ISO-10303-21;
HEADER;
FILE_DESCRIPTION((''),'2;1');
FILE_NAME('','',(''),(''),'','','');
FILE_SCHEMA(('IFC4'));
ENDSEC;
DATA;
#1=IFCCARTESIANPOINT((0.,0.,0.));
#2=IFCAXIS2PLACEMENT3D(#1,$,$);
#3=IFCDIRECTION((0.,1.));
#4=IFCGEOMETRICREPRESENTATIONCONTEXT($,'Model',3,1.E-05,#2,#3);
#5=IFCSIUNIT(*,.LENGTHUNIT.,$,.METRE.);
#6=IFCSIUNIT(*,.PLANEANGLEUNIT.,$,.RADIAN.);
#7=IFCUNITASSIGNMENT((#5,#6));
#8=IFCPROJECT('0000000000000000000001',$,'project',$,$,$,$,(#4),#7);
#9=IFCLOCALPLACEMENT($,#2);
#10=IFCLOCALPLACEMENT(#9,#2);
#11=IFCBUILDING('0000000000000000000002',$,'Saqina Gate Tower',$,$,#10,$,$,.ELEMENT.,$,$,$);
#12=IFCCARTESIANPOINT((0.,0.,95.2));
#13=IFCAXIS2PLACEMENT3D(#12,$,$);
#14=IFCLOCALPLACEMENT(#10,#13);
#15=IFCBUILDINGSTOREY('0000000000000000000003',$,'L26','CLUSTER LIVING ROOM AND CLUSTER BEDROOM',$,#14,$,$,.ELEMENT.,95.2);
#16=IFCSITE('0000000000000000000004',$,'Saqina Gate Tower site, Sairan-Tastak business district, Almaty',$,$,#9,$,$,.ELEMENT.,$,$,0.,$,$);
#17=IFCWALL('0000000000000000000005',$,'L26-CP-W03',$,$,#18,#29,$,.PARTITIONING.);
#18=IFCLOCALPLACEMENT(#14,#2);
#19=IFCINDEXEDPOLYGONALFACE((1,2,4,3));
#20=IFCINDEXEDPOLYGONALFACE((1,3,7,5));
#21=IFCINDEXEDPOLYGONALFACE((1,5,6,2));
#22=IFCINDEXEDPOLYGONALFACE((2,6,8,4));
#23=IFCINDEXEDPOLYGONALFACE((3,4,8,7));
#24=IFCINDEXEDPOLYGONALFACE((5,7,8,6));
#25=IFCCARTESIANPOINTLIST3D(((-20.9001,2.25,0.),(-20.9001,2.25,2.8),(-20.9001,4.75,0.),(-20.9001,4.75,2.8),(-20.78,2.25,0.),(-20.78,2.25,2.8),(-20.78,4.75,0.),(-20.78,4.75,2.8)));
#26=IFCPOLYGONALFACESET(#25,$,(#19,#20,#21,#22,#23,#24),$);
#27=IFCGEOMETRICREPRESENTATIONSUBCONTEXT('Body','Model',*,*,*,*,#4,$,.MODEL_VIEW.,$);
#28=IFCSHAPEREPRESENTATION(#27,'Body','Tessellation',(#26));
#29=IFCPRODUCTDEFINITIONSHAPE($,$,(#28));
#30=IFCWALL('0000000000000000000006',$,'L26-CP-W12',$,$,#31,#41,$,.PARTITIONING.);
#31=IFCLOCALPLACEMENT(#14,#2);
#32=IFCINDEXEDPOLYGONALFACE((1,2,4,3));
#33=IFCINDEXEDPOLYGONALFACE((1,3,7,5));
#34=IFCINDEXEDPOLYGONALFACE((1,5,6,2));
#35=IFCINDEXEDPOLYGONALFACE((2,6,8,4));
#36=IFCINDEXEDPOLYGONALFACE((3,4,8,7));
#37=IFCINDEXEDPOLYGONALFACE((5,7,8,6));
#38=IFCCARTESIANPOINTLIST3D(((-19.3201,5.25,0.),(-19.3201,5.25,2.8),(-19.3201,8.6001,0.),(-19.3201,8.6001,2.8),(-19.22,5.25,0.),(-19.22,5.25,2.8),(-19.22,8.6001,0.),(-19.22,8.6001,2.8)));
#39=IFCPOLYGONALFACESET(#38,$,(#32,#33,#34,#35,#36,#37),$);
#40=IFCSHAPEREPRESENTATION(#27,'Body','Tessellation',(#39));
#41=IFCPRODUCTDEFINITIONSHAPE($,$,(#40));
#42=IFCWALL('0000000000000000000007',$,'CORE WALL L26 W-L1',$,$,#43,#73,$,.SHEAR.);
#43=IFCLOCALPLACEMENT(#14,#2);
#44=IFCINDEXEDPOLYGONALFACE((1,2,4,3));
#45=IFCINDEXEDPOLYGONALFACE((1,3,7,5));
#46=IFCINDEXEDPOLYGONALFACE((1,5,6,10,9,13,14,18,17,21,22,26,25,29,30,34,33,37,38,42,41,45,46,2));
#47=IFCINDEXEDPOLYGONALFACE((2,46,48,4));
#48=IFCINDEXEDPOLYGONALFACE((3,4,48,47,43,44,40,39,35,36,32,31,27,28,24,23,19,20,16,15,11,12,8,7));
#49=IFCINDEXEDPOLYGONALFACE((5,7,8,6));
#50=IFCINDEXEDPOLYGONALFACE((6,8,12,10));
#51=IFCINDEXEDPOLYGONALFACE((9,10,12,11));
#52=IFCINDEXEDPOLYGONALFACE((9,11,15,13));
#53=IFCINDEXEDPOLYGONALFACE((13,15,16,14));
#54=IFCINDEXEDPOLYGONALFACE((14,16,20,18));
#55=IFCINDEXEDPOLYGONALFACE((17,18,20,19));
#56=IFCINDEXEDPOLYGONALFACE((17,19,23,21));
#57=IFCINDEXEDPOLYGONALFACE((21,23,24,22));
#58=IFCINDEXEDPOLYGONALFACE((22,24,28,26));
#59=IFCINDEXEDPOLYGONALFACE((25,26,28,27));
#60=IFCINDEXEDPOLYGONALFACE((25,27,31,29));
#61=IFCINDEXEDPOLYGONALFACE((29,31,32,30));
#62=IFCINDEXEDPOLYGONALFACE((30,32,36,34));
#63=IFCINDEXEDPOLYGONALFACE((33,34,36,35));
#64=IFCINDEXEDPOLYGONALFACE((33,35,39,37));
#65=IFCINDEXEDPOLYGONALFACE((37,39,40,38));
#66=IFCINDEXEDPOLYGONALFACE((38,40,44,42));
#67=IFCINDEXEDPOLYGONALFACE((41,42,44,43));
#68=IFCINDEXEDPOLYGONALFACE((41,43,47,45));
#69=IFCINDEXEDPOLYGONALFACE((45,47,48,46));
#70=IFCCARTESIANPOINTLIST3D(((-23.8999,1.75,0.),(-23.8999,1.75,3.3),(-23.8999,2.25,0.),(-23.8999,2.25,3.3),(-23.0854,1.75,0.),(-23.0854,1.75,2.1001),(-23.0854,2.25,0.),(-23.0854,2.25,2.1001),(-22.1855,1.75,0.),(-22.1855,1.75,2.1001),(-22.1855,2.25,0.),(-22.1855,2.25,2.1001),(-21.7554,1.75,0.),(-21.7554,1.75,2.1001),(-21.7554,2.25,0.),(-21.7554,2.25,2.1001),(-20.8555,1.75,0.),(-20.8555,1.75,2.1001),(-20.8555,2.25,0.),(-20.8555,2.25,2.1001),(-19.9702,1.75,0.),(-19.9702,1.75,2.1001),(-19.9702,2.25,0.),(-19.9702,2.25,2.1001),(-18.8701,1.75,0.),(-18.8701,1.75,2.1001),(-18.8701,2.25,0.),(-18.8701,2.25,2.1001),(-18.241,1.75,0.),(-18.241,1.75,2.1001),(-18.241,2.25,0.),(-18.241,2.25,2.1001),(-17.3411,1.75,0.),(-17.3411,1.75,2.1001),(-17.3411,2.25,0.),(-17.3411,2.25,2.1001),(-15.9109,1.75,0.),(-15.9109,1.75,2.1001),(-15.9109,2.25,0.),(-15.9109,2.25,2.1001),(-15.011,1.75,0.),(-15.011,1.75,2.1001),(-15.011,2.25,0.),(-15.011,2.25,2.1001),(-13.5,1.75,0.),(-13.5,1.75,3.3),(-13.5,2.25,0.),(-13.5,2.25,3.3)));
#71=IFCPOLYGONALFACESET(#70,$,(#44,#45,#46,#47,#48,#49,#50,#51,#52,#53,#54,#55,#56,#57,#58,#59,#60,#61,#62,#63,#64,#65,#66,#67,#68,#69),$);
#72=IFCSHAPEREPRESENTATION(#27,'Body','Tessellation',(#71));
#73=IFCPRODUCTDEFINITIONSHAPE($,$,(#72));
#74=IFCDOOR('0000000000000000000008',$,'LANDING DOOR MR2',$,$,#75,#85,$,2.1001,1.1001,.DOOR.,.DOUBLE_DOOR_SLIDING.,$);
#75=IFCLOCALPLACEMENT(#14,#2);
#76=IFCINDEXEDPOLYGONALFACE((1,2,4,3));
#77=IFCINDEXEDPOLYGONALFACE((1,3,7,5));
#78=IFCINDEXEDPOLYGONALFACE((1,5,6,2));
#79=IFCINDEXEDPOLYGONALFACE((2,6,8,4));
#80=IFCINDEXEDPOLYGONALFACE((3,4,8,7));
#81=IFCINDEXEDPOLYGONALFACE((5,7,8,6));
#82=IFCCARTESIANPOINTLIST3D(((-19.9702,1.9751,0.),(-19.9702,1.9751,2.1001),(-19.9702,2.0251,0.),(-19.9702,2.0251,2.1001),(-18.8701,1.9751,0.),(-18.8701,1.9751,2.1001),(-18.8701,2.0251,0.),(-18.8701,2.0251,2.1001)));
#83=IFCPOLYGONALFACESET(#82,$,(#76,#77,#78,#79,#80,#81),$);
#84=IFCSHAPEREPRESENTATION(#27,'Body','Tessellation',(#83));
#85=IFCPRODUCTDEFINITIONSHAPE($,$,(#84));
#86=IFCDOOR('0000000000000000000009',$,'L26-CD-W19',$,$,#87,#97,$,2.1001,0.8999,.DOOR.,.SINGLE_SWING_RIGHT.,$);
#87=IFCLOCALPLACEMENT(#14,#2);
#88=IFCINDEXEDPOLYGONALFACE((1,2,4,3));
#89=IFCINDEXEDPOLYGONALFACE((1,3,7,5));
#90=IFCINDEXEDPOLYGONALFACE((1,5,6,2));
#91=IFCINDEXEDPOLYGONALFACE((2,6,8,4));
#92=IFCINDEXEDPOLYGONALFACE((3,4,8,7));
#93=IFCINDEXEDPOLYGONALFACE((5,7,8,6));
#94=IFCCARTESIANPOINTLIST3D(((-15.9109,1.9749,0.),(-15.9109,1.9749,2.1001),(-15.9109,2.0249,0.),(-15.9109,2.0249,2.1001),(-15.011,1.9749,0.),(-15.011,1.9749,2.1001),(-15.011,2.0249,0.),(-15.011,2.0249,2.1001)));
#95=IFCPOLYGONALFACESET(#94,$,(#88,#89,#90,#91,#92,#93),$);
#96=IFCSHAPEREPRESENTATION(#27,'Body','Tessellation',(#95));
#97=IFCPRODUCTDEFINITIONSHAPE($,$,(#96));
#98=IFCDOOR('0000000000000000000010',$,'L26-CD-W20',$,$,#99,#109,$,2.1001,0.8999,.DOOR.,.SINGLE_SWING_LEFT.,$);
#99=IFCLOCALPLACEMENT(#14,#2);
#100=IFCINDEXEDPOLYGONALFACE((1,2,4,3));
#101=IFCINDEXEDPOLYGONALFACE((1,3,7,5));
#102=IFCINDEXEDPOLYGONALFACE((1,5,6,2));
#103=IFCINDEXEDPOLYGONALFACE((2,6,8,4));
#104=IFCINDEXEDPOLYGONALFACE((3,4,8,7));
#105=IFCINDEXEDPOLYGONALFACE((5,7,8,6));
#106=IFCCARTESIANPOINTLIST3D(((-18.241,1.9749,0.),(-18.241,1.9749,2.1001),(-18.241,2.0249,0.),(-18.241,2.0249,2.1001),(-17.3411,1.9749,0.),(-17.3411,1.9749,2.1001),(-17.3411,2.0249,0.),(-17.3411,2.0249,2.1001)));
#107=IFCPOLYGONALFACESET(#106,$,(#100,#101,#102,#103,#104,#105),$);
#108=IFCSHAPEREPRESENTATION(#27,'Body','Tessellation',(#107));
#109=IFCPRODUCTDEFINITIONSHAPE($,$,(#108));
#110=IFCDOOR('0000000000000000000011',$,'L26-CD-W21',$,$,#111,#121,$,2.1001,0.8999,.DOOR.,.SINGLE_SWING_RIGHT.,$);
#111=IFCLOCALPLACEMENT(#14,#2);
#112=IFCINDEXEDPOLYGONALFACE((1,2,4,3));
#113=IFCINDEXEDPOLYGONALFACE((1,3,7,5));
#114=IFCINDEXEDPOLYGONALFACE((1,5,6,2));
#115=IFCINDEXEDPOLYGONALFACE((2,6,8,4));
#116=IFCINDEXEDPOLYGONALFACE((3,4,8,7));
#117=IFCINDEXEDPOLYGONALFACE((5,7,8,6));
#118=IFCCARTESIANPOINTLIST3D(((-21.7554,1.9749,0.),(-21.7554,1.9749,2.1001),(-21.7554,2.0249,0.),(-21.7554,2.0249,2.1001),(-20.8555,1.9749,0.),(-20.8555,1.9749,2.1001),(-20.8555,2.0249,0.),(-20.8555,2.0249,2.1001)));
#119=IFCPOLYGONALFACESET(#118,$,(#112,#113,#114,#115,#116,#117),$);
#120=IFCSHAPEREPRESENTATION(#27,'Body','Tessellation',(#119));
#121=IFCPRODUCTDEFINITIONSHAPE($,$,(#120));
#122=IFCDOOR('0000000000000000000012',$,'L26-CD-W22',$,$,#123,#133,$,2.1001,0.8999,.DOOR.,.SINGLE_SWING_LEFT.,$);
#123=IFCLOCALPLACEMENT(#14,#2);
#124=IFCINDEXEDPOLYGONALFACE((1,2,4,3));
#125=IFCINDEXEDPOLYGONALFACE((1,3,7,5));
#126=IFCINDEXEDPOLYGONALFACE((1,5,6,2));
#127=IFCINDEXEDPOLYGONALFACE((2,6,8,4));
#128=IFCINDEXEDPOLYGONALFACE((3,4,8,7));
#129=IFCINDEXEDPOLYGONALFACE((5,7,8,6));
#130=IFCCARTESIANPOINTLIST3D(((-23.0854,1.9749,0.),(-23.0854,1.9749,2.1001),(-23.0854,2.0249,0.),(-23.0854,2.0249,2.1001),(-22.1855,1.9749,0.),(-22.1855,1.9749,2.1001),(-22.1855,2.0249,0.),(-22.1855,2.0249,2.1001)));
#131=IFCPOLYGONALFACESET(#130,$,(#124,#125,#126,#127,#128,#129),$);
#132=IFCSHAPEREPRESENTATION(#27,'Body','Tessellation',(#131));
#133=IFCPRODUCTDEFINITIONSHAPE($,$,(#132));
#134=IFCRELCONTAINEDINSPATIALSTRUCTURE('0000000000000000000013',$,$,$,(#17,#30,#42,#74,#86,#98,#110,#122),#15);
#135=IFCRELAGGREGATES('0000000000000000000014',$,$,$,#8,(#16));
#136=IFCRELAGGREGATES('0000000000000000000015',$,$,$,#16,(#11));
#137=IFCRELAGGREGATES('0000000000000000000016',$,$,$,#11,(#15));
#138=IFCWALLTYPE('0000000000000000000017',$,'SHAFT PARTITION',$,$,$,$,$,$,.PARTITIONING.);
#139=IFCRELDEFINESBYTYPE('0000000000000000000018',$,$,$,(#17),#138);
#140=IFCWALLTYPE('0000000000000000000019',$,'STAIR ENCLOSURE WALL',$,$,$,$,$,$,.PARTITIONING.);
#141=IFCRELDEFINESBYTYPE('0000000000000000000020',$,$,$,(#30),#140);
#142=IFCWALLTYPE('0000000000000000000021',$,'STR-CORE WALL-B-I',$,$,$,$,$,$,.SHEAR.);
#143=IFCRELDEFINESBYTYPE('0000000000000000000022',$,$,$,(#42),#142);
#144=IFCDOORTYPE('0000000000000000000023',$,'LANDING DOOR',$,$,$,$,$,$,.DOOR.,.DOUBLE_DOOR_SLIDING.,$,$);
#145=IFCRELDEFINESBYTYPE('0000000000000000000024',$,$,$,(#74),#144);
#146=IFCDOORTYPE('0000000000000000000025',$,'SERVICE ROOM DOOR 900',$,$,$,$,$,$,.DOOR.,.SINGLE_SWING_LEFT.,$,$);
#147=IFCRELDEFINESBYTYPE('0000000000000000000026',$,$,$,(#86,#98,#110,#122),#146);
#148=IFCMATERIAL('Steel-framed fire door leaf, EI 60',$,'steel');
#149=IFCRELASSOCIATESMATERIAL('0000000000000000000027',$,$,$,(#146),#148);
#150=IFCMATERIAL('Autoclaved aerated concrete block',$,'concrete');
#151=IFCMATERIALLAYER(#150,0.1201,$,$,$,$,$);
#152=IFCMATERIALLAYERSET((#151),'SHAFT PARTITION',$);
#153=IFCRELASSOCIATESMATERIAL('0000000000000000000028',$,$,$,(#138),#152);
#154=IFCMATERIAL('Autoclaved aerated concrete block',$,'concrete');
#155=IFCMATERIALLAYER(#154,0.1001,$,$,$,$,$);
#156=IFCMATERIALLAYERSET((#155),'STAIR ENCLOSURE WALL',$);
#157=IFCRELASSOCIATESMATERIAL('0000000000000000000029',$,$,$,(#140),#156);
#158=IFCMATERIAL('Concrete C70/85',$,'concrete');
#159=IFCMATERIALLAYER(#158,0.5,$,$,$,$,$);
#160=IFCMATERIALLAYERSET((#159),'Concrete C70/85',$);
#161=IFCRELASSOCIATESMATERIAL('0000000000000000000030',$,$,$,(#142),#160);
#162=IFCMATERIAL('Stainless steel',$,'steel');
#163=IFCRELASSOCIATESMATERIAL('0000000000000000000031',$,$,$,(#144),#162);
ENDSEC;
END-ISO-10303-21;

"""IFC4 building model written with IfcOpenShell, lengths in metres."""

from ifc_helpers import new_model, si_unit, direction, frame, frame_2d, origin, place, context, subcontext, project, spatial, rectangle, extrude, material, layer, layer_set, type_object, element, fill, save


model = new_model("IFC4")

# Units and contexts
model_context = context("Model", 3, precision=1e-05, world=origin(), true_north=direction((0.0, 1.0)))
body_context = subcontext(model_context, "Body", "Model", "MODEL_VIEW")
ifc_project = project(units=[si_unit("LENGTHUNIT", "METRE"), si_unit("PLANEANGLEUNIT", "RADIAN")], contexts=[model_context])

# Site, building, storey
site_placement = place(None, origin())
site = spatial("IfcSite", under=ifc_project, at=site_placement, Name="Saqina Gate Tower site, Sairan-Tastak business district, Almaty", CompositionType="ELEMENT", RefElevation=0.0)
building_placement = place(site_placement, origin())
building = spatial("IfcBuilding", under=site, at=building_placement, Name="Saqina Gate Tower", CompositionType="ELEMENT")
storey_placement = place(building_placement, frame((0.0, 0.0, 95.2)))
storey = spatial("IfcBuildingStorey", under=building, at=storey_placement, Name="L26", Description="CLUSTER LIVING ROOM AND CLUSTER BEDROOM", CompositionType="ELEMENT", Elevation=95.2)

# Shared definitions
ifc_material_1 = material(Name="Steel-framed fire door leaf, EI 60", Category="steel")
door_type_1 = type_object("IfcDoorType", Name="SERVICE ROOM DOOR 900", OperationType="SINGLE_SWING_LEFT", PredefinedType="DOOR", material=ifc_material_1)

# Walls
ifc_material_2 = material(Name="Autoclaved aerated concrete block", Category="concrete")
ifc_layer_1 = layer(ifc_material_2, 0.1201)
ifc_layer_set_1 = layer_set([ifc_layer_1], Name="SHAFT PARTITION")
wall_type_1 = type_object("IfcWallType", Name="SHAFT PARTITION", PredefinedType="PARTITIONING", material=ifc_layer_set_1)
for number, where, z_axis, x_axis, name in (
    (1, (-20.8401, 2.25, 0.0), (0.0, 0.0, 1.0), (0.0, 1.0, 0.0), "L26-CP-W03"),
):
    element("IfcWall", number, at=place(storey_placement, frame(where, z_axis=z_axis, x_axis=x_axis)), inside=storey, type_object=wall_type_1, Name=name, PredefinedType="PARTITIONING", context=body_context, shape_type="SweptSolid", body=[
        extrude(rectangle(XDim=2.5, YDim=0.1201, at=frame_2d((1.25, 0.0))), origin(), (0.0, 0.0, 1.0), 2.8),
    ])
ifc_material_3 = material(Name="Autoclaved aerated concrete block", Category="concrete")
ifc_layer_2 = layer(ifc_material_3, 0.1001)
ifc_layer_set_2 = layer_set([ifc_layer_2], Name="STAIR ENCLOSURE WALL")
wall_type_2 = type_object("IfcWallType", Name="STAIR ENCLOSURE WALL", PredefinedType="PARTITIONING", material=ifc_layer_set_2)
wall_1_placement = place(storey_placement, frame((-19.27, 5.25, 0.0), z_axis=(0.0, 0.0, 1.0), x_axis=(0.0, 1.0, 0.0)))
element("IfcWall", 2, at=wall_1_placement, inside=storey, type_object=wall_type_2, Name="L26-CP-W12", PredefinedType="PARTITIONING", context=body_context, shape_type="SweptSolid", body=[
    extrude(rectangle(XDim=3.3501, YDim=0.1001, at=frame_2d((1.675, 0.0))), origin(), (0.0, 0.0, 1.0), 2.8),
])

# Wall, openings, doors
ifc_material_4 = material(Name="Concrete C70/85", Category="concrete")
ifc_layer_3 = layer(ifc_material_4, 0.5)
ifc_layer_set_3 = layer_set([ifc_layer_3], Name="Concrete C70/85")
wall_type_3 = type_object("IfcWallType", Name="STR-CORE WALL-B-I", PredefinedType="SHEAR", material=ifc_layer_set_3)
wall_2_placement = place(storey_placement, frame((-13.5, 2.0, 0.0), z_axis=(0.0, 0.0, 1.0), x_axis=(-1.0, 0.0, 0.0)))
wall_2 = element("IfcWall", 3, at=wall_2_placement, inside=storey, type_object=wall_type_3, Name="CORE WALL L26 W-L1", PredefinedType="SHEAR", context=body_context, shape_type="SweptSolid", body=[
    extrude(rectangle(XDim=10.3999, YDim=0.5, at=frame_2d((5.2, 0.0))), origin(), (0.0, 0.0, 1.0), 3.3),
])
opening_1_placement = place(wall_2_placement, frame((5.3701, 0.0, 0.0)))
opening_1 = element("IfcOpeningElement", 4, at=opening_1_placement, cuts=wall_2, PredefinedType="OPENING", context=body_context, shape_type="SweptSolid", body=[
    extrude(rectangle(XDim=1.1001, YDim=2.1001, at=frame_2d((0.55, 1.05))), frame((0.0, 0.262, 0.0), z_axis=(0.0, -1.0, 0.0), x_axis=(1.0, 0.0, 0.0)), (0.0, 0.0, 1.0), 0.5239),
])
opening_2_placement = place(wall_2_placement, frame((1.511, 0.0, 0.0)))
opening_2 = element("IfcOpeningElement", 5, at=opening_2_placement, cuts=wall_2, PredefinedType="OPENING", context=body_context, shape_type="SweptSolid", body=[
    extrude(rectangle(XDim=0.8999, YDim=2.1001, at=frame_2d((0.45, 1.05))), frame((0.0, 0.262, 0.0), z_axis=(0.0, -1.0, 0.0), x_axis=(1.0, 0.0, 0.0)), (0.0, 0.0, 1.0), 0.5239),
])
opening_3_placement = place(wall_2_placement, frame((3.8411, 0.0, 0.0)))
opening_3 = element("IfcOpeningElement", 6, at=opening_3_placement, cuts=wall_2, PredefinedType="OPENING", context=body_context, shape_type="SweptSolid", body=[
    extrude(rectangle(XDim=0.8999, YDim=2.1001, at=frame_2d((0.45, 1.05))), frame((0.0, 0.262, 0.0), z_axis=(0.0, -1.0, 0.0), x_axis=(1.0, 0.0, 0.0)), (0.0, 0.0, 1.0), 0.5239),
])
opening_4_placement = place(wall_2_placement, frame((7.3555, 0.0, 0.0)))
opening_4 = element("IfcOpeningElement", 7, at=opening_4_placement, cuts=wall_2, PredefinedType="OPENING", context=body_context, shape_type="SweptSolid", body=[
    extrude(rectangle(XDim=0.8999, YDim=2.1001, at=frame_2d((0.45, 1.05))), frame((0.0, 0.262, 0.0), z_axis=(0.0, -1.0, 0.0), x_axis=(1.0, 0.0, 0.0)), (0.0, 0.0, 1.0), 0.5239),
])
opening_5_placement = place(wall_2_placement, frame((8.6855, 0.0, 0.0)))
opening_5 = element("IfcOpeningElement", 8, at=opening_5_placement, cuts=wall_2, PredefinedType="OPENING", context=body_context, shape_type="SweptSolid", body=[
    extrude(rectangle(XDim=0.8999, YDim=2.1001, at=frame_2d((0.45, 1.05))), frame((0.0, 0.262, 0.0), z_axis=(0.0, -1.0, 0.0), x_axis=(1.0, 0.0, 0.0)), (0.0, 0.0, 1.0), 0.5239),
])
ifc_material_5 = material(Name="Stainless steel", Category="steel")
door_type_2 = type_object("IfcDoorType", Name="LANDING DOOR", OperationType="DOUBLE_DOOR_SLIDING", PredefinedType="DOOR", material=ifc_material_5)
door_1_placement = place(opening_1_placement, origin())
door_1 = element("IfcDoor", 9, at=door_1_placement, inside=storey, type_object=door_type_2, Name="LANDING DOOR MR2", OperationType="DOUBLE_DOOR_SLIDING", OverallHeight=2.1001, OverallWidth=1.1001, PredefinedType="DOOR", context=body_context, shape_type="SweptSolid", body=[
    extrude(rectangle(XDim=1.1001, YDim=2.1001, at=frame_2d((0.55, 1.05))), frame((0.0, 0.0249, 0.0), z_axis=(0.0, -1.0, 0.0), x_axis=(1.0, 0.0, 0.0)), (0.0, 0.0, 1.0), 0.05),
])
fill(opening_1, door_1)
door_2_placement = place(opening_2_placement, frame((0.8999, 0.0, 0.0), z_axis=(0.0, 0.0, 1.0), x_axis=(-1.0, 0.0, 0.0)))
door_2 = element("IfcDoor", 10, at=door_2_placement, inside=storey, type_object=door_type_1, Name="L26-CD-W19", OperationType="SINGLE_SWING_RIGHT", OverallHeight=2.1001, OverallWidth=0.8999, PredefinedType="DOOR", context=body_context, shape_type="SweptSolid", body=[
    extrude(rectangle(XDim=0.8999, YDim=2.1001, at=frame_2d((0.45, 1.05))), frame((0.0, 0.0249, 0.0), z_axis=(0.0, -1.0, 0.0), x_axis=(1.0, 0.0, 0.0)), (0.0, 0.0, 1.0), 0.05),
])
fill(opening_2, door_2)
door_3_placement = place(opening_3_placement, frame((0.8999, 0.0, 0.0), z_axis=(0.0, 0.0, 1.0), x_axis=(-1.0, 0.0, 0.0)))
door_3 = element("IfcDoor", 11, at=door_3_placement, inside=storey, type_object=door_type_1, Name="L26-CD-W20", OperationType="SINGLE_SWING_LEFT", OverallHeight=2.1001, OverallWidth=0.8999, PredefinedType="DOOR", context=body_context, shape_type="SweptSolid", body=[
    extrude(rectangle(XDim=0.8999, YDim=2.1001, at=frame_2d((0.45, 1.05))), frame((0.0, 0.0249, 0.0), z_axis=(0.0, -1.0, 0.0), x_axis=(1.0, 0.0, 0.0)), (0.0, 0.0, 1.0), 0.05),
])
fill(opening_3, door_3)
door_4_placement = place(opening_4_placement, frame((0.8999, 0.0, 0.0), z_axis=(0.0, 0.0, 1.0), x_axis=(-1.0, 0.0, 0.0)))
door_4 = element("IfcDoor", 12, at=door_4_placement, inside=storey, type_object=door_type_1, Name="L26-CD-W21", OperationType="SINGLE_SWING_RIGHT", OverallHeight=2.1001, OverallWidth=0.8999, PredefinedType="DOOR", context=body_context, shape_type="SweptSolid", body=[
    extrude(rectangle(XDim=0.8999, YDim=2.1001, at=frame_2d((0.45, 1.05))), frame((0.0, 0.0249, 0.0), z_axis=(0.0, -1.0, 0.0), x_axis=(1.0, 0.0, 0.0)), (0.0, 0.0, 1.0), 0.05),
])
fill(opening_4, door_4)
door_5_placement = place(opening_5_placement, frame((0.8999, 0.0, 0.0), z_axis=(0.0, 0.0, 1.0), x_axis=(-1.0, 0.0, 0.0)))
door_5 = element("IfcDoor", 13, at=door_5_placement, inside=storey, type_object=door_type_1, Name="L26-CD-W22", OperationType="SINGLE_SWING_LEFT", OverallHeight=2.1001, OverallWidth=0.8999, PredefinedType="DOOR", context=body_context, shape_type="SweptSolid", body=[
    extrude(rectangle(XDim=0.8999, YDim=2.1001, at=frame_2d((0.45, 1.05))), frame((0.0, 0.0249, 0.0), z_axis=(0.0, -1.0, 0.0), x_axis=(1.0, 0.0, 0.0)), (0.0, 0.0, 1.0), 0.05),
])
fill(opening_5, door_5)

save(model, "model.ifc")
